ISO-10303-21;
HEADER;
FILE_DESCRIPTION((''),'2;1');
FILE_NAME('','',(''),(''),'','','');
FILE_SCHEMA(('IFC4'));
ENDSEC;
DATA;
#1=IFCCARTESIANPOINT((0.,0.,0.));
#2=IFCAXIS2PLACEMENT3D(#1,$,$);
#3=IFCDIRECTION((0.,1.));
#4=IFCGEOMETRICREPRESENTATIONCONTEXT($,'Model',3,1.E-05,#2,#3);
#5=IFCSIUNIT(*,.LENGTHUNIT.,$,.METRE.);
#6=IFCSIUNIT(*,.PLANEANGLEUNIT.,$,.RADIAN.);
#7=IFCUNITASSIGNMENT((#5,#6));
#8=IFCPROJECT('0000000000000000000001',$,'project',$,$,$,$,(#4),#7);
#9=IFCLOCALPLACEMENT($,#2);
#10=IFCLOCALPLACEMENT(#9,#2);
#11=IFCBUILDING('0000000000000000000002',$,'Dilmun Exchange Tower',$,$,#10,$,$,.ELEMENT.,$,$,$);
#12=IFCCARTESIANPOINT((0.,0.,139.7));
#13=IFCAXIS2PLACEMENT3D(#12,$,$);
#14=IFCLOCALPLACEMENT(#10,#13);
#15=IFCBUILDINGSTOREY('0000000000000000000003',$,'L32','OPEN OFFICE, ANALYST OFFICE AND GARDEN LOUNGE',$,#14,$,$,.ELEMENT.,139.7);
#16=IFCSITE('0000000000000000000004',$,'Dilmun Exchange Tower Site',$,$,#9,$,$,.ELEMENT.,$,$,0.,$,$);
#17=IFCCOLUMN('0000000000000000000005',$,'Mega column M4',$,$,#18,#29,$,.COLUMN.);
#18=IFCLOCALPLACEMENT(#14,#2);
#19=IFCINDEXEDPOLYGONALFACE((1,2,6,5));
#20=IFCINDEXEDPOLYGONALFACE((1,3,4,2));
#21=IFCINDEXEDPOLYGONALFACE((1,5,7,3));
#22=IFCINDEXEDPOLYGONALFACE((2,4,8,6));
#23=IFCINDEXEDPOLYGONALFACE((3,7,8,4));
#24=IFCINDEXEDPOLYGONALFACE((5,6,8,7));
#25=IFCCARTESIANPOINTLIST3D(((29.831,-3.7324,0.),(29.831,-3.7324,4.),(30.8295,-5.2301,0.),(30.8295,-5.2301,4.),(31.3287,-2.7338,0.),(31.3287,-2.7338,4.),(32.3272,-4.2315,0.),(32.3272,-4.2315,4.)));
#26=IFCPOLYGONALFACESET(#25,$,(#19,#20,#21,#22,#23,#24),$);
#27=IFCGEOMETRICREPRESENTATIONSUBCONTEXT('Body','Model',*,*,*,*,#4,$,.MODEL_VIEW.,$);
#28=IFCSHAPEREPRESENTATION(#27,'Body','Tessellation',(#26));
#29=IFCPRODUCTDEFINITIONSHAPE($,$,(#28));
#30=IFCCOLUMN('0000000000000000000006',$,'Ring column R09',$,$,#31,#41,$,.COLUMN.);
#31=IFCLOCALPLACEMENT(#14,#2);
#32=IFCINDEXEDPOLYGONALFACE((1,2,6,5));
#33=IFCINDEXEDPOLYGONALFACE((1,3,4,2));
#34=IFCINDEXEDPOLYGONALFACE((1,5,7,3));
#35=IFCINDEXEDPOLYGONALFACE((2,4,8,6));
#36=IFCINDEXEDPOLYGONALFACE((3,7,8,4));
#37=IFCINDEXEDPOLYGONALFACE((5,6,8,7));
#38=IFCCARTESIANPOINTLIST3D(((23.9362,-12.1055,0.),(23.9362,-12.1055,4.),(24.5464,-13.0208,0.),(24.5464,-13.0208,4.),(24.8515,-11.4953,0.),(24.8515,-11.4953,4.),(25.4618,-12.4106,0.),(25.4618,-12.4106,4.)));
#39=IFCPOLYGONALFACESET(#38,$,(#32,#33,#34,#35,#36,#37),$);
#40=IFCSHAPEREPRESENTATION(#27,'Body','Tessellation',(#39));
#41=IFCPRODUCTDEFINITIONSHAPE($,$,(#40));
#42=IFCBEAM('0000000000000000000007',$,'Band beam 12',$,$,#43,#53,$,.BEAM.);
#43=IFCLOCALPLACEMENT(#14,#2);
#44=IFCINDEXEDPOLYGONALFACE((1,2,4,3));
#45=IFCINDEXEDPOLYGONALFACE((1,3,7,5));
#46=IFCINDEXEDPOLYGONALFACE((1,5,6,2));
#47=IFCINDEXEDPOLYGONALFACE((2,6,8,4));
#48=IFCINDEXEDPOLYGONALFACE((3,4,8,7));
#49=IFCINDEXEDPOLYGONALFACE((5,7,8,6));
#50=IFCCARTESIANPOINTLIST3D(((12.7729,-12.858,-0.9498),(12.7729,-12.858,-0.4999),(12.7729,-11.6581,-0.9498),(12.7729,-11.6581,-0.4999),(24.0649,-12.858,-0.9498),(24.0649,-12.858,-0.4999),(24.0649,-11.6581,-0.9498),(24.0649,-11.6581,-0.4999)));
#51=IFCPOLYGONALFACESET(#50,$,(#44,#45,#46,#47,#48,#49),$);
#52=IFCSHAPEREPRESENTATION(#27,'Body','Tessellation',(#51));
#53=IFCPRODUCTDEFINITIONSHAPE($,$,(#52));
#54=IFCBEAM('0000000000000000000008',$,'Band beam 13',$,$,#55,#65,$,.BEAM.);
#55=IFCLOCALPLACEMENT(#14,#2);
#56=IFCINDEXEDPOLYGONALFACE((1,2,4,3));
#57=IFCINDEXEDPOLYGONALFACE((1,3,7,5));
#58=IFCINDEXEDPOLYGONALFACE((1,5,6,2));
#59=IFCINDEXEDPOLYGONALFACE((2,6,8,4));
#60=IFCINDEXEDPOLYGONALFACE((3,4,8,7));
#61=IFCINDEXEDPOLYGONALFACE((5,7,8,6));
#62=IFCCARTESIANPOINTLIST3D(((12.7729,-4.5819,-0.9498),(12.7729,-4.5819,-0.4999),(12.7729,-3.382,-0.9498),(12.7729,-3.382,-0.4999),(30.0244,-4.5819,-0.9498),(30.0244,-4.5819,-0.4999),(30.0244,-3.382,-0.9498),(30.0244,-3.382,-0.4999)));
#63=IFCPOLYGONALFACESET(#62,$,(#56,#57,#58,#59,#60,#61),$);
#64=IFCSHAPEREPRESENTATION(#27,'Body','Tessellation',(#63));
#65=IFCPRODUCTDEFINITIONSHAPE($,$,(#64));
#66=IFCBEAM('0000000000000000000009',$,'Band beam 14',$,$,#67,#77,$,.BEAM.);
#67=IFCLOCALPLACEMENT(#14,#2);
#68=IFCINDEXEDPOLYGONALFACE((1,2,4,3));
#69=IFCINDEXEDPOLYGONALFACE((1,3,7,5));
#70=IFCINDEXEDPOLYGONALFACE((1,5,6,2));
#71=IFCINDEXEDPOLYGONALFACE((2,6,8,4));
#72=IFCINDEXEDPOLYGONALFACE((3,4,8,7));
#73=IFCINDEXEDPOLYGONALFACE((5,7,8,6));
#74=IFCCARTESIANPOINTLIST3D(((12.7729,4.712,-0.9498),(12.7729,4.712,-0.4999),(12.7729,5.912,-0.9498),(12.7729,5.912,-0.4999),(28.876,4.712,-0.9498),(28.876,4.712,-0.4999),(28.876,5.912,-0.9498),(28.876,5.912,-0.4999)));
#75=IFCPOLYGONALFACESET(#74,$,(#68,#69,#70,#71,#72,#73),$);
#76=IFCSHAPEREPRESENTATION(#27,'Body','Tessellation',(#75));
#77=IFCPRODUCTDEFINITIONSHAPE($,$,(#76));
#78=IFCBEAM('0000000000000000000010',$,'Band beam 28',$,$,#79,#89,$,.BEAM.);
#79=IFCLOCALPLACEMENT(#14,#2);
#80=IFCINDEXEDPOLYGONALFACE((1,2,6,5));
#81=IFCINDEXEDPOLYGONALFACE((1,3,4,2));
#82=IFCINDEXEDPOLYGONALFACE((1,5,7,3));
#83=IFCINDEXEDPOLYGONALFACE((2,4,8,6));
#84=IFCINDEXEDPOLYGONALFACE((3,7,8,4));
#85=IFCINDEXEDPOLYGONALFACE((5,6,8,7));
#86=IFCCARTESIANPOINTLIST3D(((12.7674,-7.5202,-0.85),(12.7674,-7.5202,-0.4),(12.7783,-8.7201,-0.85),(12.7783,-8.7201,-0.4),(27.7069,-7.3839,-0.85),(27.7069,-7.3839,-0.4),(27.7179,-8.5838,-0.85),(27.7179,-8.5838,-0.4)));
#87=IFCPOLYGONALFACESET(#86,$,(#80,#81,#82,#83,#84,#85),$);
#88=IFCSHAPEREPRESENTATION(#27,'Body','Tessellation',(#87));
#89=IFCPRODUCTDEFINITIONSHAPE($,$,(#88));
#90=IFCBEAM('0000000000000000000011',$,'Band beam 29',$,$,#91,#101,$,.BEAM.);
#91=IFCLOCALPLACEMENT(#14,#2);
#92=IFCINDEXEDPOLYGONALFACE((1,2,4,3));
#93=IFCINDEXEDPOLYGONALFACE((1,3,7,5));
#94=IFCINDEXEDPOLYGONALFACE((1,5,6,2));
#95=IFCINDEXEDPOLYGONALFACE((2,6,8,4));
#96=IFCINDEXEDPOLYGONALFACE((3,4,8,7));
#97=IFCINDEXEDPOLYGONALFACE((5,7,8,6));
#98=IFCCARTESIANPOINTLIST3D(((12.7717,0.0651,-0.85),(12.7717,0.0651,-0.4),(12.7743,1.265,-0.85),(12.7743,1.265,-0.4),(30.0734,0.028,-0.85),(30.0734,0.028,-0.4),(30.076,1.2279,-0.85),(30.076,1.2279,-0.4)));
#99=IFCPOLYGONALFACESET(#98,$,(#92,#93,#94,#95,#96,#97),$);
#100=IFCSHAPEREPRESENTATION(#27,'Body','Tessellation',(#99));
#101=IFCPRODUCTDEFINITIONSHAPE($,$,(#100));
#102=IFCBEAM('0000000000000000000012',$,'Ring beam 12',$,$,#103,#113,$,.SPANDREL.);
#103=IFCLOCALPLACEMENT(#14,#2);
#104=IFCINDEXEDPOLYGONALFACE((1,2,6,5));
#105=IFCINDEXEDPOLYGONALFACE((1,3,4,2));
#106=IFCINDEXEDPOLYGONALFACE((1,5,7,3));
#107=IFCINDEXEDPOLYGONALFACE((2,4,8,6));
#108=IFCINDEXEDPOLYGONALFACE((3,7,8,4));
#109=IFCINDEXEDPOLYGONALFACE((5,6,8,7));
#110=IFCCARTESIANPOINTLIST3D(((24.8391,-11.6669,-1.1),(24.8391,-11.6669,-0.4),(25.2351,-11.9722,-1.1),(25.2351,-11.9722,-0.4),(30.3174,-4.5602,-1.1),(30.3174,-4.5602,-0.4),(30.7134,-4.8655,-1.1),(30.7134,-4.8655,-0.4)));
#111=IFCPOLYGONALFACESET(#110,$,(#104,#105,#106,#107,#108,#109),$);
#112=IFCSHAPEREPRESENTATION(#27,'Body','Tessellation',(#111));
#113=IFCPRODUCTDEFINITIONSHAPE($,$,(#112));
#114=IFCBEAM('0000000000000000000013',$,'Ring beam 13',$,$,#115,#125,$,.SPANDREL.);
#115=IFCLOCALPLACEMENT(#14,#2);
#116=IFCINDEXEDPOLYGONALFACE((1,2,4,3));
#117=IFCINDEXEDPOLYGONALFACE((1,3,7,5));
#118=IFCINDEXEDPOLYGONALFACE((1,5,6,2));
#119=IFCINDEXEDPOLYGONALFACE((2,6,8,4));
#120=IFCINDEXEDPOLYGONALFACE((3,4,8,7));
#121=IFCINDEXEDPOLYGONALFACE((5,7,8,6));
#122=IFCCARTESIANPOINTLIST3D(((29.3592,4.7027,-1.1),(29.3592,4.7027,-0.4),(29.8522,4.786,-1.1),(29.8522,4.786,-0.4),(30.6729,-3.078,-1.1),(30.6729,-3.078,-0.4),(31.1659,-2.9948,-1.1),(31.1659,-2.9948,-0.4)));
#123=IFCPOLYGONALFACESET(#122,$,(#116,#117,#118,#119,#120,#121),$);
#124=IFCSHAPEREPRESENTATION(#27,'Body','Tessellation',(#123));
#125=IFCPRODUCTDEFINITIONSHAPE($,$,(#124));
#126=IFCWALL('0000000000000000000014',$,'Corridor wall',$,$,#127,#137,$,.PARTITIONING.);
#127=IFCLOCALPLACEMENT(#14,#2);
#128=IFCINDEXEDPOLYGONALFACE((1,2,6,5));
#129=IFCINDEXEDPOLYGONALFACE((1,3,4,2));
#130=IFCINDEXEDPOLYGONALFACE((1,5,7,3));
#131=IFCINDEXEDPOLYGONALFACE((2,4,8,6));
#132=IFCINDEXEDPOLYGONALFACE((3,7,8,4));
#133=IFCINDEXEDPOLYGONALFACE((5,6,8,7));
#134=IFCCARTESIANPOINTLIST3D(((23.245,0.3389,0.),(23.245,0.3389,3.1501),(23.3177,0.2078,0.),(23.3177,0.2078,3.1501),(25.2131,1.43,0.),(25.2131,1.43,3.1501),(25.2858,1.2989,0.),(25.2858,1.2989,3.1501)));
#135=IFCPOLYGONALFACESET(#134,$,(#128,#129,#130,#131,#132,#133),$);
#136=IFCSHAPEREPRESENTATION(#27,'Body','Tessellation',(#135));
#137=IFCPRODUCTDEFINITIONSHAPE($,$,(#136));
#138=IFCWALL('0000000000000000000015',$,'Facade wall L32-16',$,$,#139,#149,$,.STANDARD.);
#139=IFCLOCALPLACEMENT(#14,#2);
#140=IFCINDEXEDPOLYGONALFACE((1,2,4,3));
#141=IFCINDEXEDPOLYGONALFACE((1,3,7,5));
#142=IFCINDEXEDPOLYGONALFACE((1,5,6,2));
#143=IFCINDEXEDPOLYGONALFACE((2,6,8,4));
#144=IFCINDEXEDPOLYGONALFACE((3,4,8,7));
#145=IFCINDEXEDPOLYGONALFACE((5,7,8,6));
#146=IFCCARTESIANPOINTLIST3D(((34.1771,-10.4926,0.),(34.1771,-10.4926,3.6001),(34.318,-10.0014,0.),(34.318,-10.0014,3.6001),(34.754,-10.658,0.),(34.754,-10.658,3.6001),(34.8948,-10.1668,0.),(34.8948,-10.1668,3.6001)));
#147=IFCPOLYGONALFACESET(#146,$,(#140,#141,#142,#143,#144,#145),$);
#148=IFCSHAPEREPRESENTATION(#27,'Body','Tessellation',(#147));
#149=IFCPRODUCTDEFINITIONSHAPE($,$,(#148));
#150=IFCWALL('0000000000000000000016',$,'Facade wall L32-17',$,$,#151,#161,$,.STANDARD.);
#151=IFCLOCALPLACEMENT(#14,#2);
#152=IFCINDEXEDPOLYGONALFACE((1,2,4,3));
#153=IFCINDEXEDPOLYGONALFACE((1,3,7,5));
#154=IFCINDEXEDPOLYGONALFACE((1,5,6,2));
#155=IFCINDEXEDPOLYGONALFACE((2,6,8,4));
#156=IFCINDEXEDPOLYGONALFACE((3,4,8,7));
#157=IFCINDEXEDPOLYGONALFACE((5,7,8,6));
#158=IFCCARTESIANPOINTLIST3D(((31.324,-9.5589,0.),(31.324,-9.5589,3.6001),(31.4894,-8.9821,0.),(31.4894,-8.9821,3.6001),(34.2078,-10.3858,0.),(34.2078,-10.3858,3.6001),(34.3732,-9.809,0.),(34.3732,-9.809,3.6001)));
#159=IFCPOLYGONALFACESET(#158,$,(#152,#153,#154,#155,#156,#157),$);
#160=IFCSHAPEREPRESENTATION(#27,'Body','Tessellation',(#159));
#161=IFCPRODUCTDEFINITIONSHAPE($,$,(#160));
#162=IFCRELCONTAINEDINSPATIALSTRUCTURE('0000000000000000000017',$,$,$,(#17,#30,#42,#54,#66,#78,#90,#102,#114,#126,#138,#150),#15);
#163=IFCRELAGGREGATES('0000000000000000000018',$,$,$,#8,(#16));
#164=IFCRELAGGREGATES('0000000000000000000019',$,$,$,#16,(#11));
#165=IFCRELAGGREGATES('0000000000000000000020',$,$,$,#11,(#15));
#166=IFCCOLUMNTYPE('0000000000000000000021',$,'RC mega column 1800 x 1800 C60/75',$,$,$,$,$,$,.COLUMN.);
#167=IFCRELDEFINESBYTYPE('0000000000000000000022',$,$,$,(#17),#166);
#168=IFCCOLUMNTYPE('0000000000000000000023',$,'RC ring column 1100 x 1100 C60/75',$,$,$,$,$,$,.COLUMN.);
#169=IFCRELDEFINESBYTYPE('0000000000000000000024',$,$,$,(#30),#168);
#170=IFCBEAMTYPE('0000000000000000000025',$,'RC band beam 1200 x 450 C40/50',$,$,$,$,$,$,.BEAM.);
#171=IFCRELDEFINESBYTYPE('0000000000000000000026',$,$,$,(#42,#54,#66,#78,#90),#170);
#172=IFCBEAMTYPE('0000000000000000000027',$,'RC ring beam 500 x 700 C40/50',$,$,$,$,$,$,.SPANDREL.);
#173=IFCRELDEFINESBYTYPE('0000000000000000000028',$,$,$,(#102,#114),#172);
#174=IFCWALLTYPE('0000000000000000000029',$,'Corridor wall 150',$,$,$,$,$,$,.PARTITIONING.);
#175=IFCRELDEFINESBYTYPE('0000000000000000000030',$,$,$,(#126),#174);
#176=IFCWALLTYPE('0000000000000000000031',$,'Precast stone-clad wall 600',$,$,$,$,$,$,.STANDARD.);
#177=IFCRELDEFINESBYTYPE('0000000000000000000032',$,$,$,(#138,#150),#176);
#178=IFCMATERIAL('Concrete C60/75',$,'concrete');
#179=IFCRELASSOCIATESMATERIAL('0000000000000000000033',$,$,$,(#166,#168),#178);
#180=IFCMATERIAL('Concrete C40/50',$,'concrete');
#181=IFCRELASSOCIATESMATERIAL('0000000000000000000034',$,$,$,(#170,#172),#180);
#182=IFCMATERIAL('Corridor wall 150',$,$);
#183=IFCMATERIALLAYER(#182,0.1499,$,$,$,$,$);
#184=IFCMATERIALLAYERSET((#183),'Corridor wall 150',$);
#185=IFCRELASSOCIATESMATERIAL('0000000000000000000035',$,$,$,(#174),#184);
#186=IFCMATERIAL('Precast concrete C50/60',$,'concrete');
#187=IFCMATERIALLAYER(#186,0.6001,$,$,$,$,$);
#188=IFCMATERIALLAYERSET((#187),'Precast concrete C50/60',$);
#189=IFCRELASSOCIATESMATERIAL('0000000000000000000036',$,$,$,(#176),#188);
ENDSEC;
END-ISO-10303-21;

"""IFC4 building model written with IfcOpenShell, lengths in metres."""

from ifc_helpers import new_model, si_unit, direction, frame, frame_2d, origin, origin_2d, place, context, subcontext, project, spatial, rectangle, extrude, material, layer, layer_set, material_profile, profile_set, type_object, element, save


model = new_model("IFC4")

# Units and contexts
model_context = context("Model", 3, precision=1e-05, world=origin(), true_north=direction((0.0, 1.0)))
body_context = subcontext(model_context, "Body", "Model", "MODEL_VIEW")
ifc_project = project(units=[si_unit("LENGTHUNIT", "METRE"), si_unit("PLANEANGLEUNIT", "RADIAN")], contexts=[model_context])

# Site, building, storey
site_placement = place(None, origin())
site = spatial("IfcSite", under=ifc_project, at=site_placement, Name="Dilmun Exchange Tower Site", CompositionType="ELEMENT", RefElevation=0.0)
building_placement = place(site_placement, origin())
building = spatial("IfcBuilding", under=site, at=building_placement, Name="Dilmun Exchange Tower", CompositionType="ELEMENT")
storey_placement = place(building_placement, frame((0.0, 0.0, 139.7)))
storey = spatial("IfcBuildingStorey", under=building, at=storey_placement, Name="L32", Description="OPEN OFFICE, ANALYST OFFICE AND GARDEN LOUNGE", CompositionType="ELEMENT", Elevation=139.7)

# Columns
ifc_material_1 = material(Name="Concrete C60/75", Category="concrete")
ifc_material_profile_1 = material_profile(ifc_material_1, rectangle(XDim=1.8, YDim=1.8, at=origin_2d()), Name="1800 x 1800")
ifc_profile_set_1 = profile_set([ifc_material_profile_1], Name="Concrete C60/75")
column_type_1 = type_object("IfcColumnType", Name="RC mega column 1800 x 1800 C60/75", PredefinedType="COLUMN", material=ifc_profile_set_1)
column_1_placement = place(storey_placement, frame((31.0791, -3.9819, 0.0), z_axis=(0.0, 0.0, 1.0), x_axis=(0.832029, 0.554733, 0.0)))
element("IfcColumn", 1, at=column_1_placement, inside=storey, type_object=column_type_1, Name="Mega column M4", PredefinedType="COLUMN", context=body_context, shape_type="SweptSolid", body=[
    extrude(rectangle(XDim=1.8, YDim=1.8, at=origin_2d()), origin(), (0.0, 0.0, 1.0), 4.0),
])
ifc_material_profile_2 = material_profile(ifc_material_1, rectangle(XDim=1.1001, YDim=1.1001, at=origin_2d()), Name="1100 x 1100")
ifc_profile_set_2 = profile_set([ifc_material_profile_2], Name="Concrete C60/75")
column_type_2 = type_object("IfcColumnType", Name="RC ring column 1100 x 1100 C60/75", PredefinedType="COLUMN", material=ifc_profile_set_2)
column_2_placement = place(storey_placement, frame((24.699, -12.2581, 0.0), z_axis=(0.0, 0.0, 1.0), x_axis=(0.832029, 0.554733, 0.0)))
element("IfcColumn", 2, at=column_2_placement, inside=storey, type_object=column_type_2, Name="Ring column R09", PredefinedType="COLUMN", context=body_context, shape_type="SweptSolid", body=[
    extrude(rectangle(XDim=1.1001, YDim=1.1001, at=origin_2d()), origin(), (0.0, 0.0, 1.0), 4.0),
])

# Beams
ifc_material_2 = material(Name="Concrete C40/50", Category="concrete")
ifc_material_profile_3 = material_profile(ifc_material_2, rectangle(XDim=1.2, YDim=0.45, at=origin_2d()), Name="1200 x 450")
ifc_profile_set_3 = profile_set([ifc_material_profile_3], Name="Concrete C40/50")
beam_type_1 = type_object("IfcBeamType", Name="RC band beam 1200 x 450 C40/50", PredefinedType="BEAM", material=ifc_profile_set_3)
beam_1_placement = place(storey_placement, frame((24.0649, -12.2581, -0.7249), z_axis=(-1.0, 0.0, 0.0), x_axis=(0.0, -1.0, 0.0)))
element("IfcBeam", 3, at=beam_1_placement, inside=storey, type_object=beam_type_1, Name="Band beam 12", PredefinedType="BEAM", context=body_context, shape_type="SweptSolid", body=[
    extrude(rectangle(XDim=1.2, YDim=0.45, at=origin_2d()), origin(), (0.0, 0.0, 1.0), 11.292),
])
beam_2_placement = place(storey_placement, frame((30.0244, -3.9819, -0.7249), z_axis=(-1.0, 0.0, 0.0), x_axis=(0.0, -1.0, 0.0)))
element("IfcBeam", 4, at=beam_2_placement, inside=storey, type_object=beam_type_1, Name="Band beam 13", PredefinedType="BEAM", context=body_context, shape_type="SweptSolid", body=[
    extrude(rectangle(XDim=1.2, YDim=0.45, at=origin_2d()), origin(), (0.0, 0.0, 1.0), 17.2515),
])
beam_3_placement = place(storey_placement, frame((28.876, 5.312, -0.7249), z_axis=(-1.0, 0.0, 0.0), x_axis=(0.0, -1.0, 0.0)))
element("IfcBeam", 5, at=beam_3_placement, inside=storey, type_object=beam_type_1, Name="Band beam 14", PredefinedType="BEAM", context=body_context, shape_type="SweptSolid", body=[
    extrude(rectangle(XDim=1.2, YDim=0.45, at=origin_2d()), origin(), (0.0, 0.0, 1.0), 16.103),
])
beam_4_placement = place(storey_placement, frame((27.7124, -7.9839, -0.625), z_axis=(-0.999958, -0.009118, 0.0), x_axis=(0.009118, -0.999958, 0.0)))
element("IfcBeam", 6, at=beam_4_placement, inside=storey, type_object=beam_type_1, Name="Band beam 28", PredefinedType="BEAM", context=body_context, shape_type="SweptSolid", body=[
    extrude(rectangle(XDim=1.2, YDim=0.45, at=origin_2d()), origin(), (0.0, 0.0, 1.0), 14.9402),
])
beam_5_placement = place(storey_placement, frame((30.0747, 0.6279, -0.625), z_axis=(-0.999998, 0.002145, 0.0), x_axis=(-0.002145, -0.999998, 0.0)))
element("IfcBeam", 7, at=beam_5_placement, inside=storey, type_object=beam_type_1, Name="Band beam 29", PredefinedType="BEAM", context=body_context, shape_type="SweptSolid", body=[
    extrude(rectangle(XDim=1.2, YDim=0.45, at=origin_2d()), origin(), (0.0, 0.0, 1.0), 17.3018),
])
ifc_material_profile_4 = material_profile(ifc_material_2, rectangle(XDim=0.5, YDim=0.7, at=origin_2d()), Name="500 x 700")
ifc_profile_set_4 = profile_set([ifc_material_profile_4], Name="Concrete C40/50")
beam_type_2 = type_object("IfcBeamType", Name="RC ring beam 500 x 700 C40/50", PredefinedType="SPANDREL", material=ifc_profile_set_4)
beam_6_placement = place(storey_placement, frame((25.0371, -11.8196, -0.75), z_axis=(0.610522, 0.792, 0.0), x_axis=(-0.792, 0.610522, 0.0)))
element("IfcBeam", 8, at=beam_6_placement, inside=storey, type_object=beam_type_2, Name="Ring beam 12", PredefinedType="SPANDREL", context=body_context, shape_type="SweptSolid", body=[
    extrude(rectangle(XDim=0.5, YDim=0.7, at=origin_2d()), origin(), (0.0, 0.0, 1.0), 8.9731),
])
beam_7_placement = place(storey_placement, frame((30.9194, -3.0364, -0.75), z_axis=(-0.166486, 0.986044, 0.0), x_axis=(-0.986044, -0.166486, 0.0)))
element("IfcBeam", 9, at=beam_7_placement, inside=storey, type_object=beam_type_2, Name="Ring beam 13", PredefinedType="SPANDREL", context=body_context, shape_type="SweptSolid", body=[
    extrude(rectangle(XDim=0.5, YDim=0.7, at=origin_2d()), origin(), (0.0, 0.0, 1.0), 7.8909),
])

# Walls
ifc_material_3 = material(Name="Corridor wall 150")
ifc_layer_1 = layer(ifc_material_3, 0.1499)
ifc_layer_set_1 = layer_set([ifc_layer_1], Name="Corridor wall 150")
wall_type_1 = type_object("IfcWallType", Name="Corridor wall 150", PredefinedType="PARTITIONING", material=ifc_layer_set_1)
wall_1_placement = place(storey_placement, frame((23.2815, 0.2734, 0.0), z_axis=(0.0, 0.0, 1.0), x_axis=(0.874587, 0.484869, 0.0)))
element("IfcWall", 10, at=wall_1_placement, inside=storey, type_object=wall_type_1, Name="Corridor wall", PredefinedType="PARTITIONING", context=body_context, shape_type="SweptSolid", body=[
    extrude(rectangle(XDim=2.2502, YDim=0.1499, at=frame_2d((1.125, 0.0))), origin(), (0.0, 0.0, 1.0), 3.1501),
])
ifc_material_4 = material(Name="Precast concrete C50/60", Category="concrete")
ifc_layer_2 = layer(ifc_material_4, 0.6001)
ifc_layer_set_2 = layer_set([ifc_layer_2], Name="Precast concrete C50/60")
wall_type_2 = type_object("IfcWallType", Name="Precast stone-clad wall 600", PredefinedType="STANDARD", material=ifc_layer_set_2)
wall_2_placement = place(storey_placement, frame((34.4656, -10.5752, 0.0), z_axis=(0.0, 0.0, 1.0), x_axis=(0.275668, 0.961253, 0.0)))
element("IfcWall", 11, at=wall_2_placement, inside=storey, type_object=wall_type_2, Name="Facade wall L32-16", PredefinedType="STANDARD", context=body_context, shape_type="SweptSolid", body=[
    extrude(rectangle(XDim=0.511, YDim=0.6001, at=frame_2d((0.2554, 0.0))), origin(), (0.0, 0.0, 1.0), 3.6001),
])
wall_3_placement = place(storey_placement, frame((34.2905, -10.0974, 0.0), z_axis=(0.0, 0.0, 1.0), x_axis=(-0.961262, 0.275635, 0.0)))
element("IfcWall", 12, at=wall_3_placement, inside=storey, type_object=wall_type_2, Name="Facade wall L32-17", PredefinedType="STANDARD", context=body_context, shape_type="SweptSolid", body=[
    extrude(rectangle(XDim=3.0, YDim=0.6001, at=frame_2d((1.5, 0.0))), origin(), (0.0, 0.0, 1.0), 3.6001),
])

save(model, "model.ifc")
